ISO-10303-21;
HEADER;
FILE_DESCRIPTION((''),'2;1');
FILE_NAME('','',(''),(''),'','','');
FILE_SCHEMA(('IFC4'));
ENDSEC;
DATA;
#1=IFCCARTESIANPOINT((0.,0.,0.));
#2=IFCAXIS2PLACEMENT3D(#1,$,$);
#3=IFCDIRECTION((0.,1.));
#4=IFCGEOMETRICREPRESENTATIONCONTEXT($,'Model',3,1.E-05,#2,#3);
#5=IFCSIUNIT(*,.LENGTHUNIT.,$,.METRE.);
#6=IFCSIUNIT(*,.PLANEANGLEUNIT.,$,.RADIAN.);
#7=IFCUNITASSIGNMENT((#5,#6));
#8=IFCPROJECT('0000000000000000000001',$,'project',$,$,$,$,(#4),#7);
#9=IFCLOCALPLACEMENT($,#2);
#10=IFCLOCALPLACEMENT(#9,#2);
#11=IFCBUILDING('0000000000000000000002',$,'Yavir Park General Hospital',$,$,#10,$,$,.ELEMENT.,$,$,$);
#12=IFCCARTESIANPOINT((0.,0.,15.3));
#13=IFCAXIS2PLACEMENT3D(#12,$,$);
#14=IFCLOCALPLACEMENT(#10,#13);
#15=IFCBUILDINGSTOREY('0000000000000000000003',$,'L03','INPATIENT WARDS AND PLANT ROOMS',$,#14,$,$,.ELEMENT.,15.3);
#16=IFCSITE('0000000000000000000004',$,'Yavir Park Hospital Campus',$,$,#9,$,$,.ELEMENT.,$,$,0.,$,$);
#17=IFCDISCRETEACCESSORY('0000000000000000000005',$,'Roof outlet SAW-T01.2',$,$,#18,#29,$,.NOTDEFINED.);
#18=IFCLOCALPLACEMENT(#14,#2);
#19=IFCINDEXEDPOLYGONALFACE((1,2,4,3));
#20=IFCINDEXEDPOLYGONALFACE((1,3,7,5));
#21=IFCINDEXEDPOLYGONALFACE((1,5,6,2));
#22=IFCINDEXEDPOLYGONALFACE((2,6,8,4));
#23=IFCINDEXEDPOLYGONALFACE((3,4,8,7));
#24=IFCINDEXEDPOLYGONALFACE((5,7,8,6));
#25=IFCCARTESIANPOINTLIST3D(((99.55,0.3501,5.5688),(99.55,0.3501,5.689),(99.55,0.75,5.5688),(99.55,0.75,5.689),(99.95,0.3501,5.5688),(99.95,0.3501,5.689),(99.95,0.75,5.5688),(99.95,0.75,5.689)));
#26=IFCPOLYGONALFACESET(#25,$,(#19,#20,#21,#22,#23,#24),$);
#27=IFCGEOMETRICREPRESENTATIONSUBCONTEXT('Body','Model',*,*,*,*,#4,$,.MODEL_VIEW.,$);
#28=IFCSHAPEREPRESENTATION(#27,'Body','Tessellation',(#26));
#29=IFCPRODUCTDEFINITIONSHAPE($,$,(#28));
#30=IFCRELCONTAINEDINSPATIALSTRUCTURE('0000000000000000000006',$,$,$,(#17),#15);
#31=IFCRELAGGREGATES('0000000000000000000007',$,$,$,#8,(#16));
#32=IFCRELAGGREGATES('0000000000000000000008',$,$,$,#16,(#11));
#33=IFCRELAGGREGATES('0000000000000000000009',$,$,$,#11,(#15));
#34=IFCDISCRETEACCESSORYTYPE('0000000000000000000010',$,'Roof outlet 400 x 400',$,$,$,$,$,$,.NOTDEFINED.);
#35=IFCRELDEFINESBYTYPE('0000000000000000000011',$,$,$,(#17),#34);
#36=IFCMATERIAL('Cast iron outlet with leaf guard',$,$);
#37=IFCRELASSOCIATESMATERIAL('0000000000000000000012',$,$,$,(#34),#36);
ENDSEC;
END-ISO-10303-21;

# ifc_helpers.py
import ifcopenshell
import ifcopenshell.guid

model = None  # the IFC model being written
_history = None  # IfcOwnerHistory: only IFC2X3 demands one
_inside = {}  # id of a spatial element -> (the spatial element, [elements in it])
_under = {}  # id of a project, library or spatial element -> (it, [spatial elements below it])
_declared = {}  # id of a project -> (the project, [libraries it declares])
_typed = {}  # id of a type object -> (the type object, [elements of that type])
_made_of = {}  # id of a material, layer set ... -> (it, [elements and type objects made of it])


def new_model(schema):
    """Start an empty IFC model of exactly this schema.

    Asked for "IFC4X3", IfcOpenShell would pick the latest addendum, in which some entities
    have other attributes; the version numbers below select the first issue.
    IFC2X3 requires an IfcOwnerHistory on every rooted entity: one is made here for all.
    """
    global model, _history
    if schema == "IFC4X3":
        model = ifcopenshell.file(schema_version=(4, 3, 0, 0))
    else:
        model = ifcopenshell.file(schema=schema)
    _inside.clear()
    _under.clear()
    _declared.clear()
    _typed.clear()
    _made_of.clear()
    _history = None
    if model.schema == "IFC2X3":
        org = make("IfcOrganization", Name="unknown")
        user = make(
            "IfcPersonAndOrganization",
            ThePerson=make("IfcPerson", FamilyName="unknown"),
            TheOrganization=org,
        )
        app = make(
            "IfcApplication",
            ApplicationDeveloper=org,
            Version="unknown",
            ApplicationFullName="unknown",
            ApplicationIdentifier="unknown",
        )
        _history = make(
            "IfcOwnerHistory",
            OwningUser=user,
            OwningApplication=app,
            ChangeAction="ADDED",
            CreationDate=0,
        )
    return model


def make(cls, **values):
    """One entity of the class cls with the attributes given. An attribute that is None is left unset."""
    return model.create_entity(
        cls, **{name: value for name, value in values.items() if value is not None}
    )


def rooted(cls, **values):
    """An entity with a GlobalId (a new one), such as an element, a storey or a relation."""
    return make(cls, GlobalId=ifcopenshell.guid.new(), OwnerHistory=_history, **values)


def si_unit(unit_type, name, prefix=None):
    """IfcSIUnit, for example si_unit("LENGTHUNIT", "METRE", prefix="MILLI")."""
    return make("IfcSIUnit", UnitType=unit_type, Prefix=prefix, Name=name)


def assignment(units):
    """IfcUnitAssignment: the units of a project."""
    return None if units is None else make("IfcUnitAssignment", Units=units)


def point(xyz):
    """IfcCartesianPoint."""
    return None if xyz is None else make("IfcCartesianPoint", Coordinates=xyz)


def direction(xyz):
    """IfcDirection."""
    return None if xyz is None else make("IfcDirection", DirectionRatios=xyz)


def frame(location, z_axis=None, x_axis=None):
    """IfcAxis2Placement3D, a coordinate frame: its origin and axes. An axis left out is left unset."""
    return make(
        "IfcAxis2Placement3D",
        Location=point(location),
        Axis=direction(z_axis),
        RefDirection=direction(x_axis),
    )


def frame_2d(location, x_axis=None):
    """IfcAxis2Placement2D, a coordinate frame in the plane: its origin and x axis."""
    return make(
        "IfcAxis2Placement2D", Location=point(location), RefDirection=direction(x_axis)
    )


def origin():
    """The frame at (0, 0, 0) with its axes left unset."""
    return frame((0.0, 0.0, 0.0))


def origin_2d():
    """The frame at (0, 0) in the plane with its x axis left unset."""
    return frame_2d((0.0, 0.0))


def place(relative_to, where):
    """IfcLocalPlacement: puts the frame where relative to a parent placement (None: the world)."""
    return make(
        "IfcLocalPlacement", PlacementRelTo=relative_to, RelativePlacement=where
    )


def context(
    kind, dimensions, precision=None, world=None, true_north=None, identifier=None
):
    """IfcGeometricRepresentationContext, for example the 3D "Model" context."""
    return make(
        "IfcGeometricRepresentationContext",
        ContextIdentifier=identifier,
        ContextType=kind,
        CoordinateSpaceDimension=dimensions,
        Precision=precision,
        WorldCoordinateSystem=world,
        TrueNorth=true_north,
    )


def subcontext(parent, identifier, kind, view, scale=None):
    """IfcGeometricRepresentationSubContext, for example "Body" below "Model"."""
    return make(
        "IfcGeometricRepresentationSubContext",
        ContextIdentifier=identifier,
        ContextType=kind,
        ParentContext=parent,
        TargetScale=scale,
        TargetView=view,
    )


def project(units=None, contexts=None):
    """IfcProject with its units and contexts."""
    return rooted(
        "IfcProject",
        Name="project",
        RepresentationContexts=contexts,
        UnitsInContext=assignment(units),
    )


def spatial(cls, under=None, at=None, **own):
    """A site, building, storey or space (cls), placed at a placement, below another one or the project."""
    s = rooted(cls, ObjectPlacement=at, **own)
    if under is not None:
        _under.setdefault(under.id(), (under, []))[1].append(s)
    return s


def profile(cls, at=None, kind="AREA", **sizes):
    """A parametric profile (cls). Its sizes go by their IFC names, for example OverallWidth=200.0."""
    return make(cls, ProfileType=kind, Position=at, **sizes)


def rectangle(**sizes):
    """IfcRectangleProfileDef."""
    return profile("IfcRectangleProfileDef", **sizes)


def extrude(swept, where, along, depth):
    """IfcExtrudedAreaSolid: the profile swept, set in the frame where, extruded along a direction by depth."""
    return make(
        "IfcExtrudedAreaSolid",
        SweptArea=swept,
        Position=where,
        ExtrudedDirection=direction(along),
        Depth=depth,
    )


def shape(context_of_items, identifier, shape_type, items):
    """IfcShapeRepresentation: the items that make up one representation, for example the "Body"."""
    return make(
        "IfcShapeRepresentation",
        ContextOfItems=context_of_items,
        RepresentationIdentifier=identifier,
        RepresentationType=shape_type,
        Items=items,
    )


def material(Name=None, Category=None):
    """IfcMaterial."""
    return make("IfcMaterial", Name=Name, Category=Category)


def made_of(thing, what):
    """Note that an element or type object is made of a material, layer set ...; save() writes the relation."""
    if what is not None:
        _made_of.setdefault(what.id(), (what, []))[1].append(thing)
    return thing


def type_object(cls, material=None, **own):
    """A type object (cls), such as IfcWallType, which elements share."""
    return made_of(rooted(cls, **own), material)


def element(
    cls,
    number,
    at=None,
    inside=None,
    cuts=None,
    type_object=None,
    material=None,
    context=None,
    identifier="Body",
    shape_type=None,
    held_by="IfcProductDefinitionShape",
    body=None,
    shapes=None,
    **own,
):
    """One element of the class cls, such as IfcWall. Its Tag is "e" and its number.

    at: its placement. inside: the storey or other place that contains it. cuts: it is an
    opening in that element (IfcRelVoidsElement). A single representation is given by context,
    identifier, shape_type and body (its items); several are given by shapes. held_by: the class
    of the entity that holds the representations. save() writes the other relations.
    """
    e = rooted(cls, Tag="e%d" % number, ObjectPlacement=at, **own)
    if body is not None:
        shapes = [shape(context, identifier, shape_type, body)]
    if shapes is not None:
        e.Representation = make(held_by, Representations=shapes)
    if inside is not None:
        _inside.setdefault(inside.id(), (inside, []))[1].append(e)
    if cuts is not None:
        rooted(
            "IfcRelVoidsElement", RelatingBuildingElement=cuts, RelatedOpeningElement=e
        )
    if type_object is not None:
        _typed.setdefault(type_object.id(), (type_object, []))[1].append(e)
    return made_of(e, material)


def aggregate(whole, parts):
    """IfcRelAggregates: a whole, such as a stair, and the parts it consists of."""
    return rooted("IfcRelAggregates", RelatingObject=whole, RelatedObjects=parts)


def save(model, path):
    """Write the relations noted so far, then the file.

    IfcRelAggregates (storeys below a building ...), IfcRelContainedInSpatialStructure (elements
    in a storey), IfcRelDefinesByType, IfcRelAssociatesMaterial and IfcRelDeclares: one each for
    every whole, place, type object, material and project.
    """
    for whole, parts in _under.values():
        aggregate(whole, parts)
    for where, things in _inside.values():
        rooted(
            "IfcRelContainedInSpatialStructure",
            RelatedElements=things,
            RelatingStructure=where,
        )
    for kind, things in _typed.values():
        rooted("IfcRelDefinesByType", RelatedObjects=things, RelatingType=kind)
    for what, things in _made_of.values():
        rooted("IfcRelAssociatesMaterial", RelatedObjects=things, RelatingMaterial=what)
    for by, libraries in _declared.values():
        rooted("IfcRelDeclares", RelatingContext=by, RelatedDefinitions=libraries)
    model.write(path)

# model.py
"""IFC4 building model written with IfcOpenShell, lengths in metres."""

from ifc_helpers import new_model, si_unit, direction, frame, origin, origin_2d, place, context, subcontext, project, spatial, rectangle, extrude, material, type_object, element, save


model = new_model("IFC4")

# Units and contexts
model_context = context("Model", 3, precision=1e-05, world=origin(), true_north=direction((0.0, 1.0)))
body_context = subcontext(model_context, "Body", "Model", "MODEL_VIEW")
ifc_project = project(units=[si_unit("LENGTHUNIT", "METRE"), si_unit("PLANEANGLEUNIT", "RADIAN")], contexts=[model_context])

# Site, building, storey
site_placement = place(None, origin())
site = spatial("IfcSite", under=ifc_project, at=site_placement, Name="Yavir Park Hospital Campus", CompositionType="ELEMENT", RefElevation=0.0)
building_placement = place(site_placement, origin())
building = spatial("IfcBuilding", under=site, at=building_placement, Name="Yavir Park General Hospital", CompositionType="ELEMENT")
storey_placement = place(building_placement, frame((0.0, 0.0, 15.3)))
storey = spatial("IfcBuildingStorey", under=building, at=storey_placement, Name="L03", Description="INPATIENT WARDS AND PLANT ROOMS", CompositionType="ELEMENT", Elevation=15.3)

# Discrete accessory
ifc_material_1 = material(Name="Cast iron outlet with leaf guard")
discrete_accessory_type = type_object("IfcDiscreteAccessoryType", Name="Roof outlet 400 x 400", PredefinedType="NOTDEFINED", material=ifc_material_1)
discrete_accessory_placement = place(storey_placement, frame((99.75, 0.55, 5.5688), z_axis=(0.0, 0.0, 1.0), x_axis=(1.0, 0.0, 0.0)))
element("IfcDiscreteAccessory", 1, at=discrete_accessory_placement, inside=storey, type_object=discrete_accessory_type, Name="Roof outlet SAW-T01.2", PredefinedType="NOTDEFINED", context=body_context, shape_type="SweptSolid", body=[
    extrude(rectangle(XDim=0.3999, YDim=0.3999, at=origin_2d()), origin(), (0.0, 0.0, 1.0), 0.1201),
])

save(model, "model.ifc")
